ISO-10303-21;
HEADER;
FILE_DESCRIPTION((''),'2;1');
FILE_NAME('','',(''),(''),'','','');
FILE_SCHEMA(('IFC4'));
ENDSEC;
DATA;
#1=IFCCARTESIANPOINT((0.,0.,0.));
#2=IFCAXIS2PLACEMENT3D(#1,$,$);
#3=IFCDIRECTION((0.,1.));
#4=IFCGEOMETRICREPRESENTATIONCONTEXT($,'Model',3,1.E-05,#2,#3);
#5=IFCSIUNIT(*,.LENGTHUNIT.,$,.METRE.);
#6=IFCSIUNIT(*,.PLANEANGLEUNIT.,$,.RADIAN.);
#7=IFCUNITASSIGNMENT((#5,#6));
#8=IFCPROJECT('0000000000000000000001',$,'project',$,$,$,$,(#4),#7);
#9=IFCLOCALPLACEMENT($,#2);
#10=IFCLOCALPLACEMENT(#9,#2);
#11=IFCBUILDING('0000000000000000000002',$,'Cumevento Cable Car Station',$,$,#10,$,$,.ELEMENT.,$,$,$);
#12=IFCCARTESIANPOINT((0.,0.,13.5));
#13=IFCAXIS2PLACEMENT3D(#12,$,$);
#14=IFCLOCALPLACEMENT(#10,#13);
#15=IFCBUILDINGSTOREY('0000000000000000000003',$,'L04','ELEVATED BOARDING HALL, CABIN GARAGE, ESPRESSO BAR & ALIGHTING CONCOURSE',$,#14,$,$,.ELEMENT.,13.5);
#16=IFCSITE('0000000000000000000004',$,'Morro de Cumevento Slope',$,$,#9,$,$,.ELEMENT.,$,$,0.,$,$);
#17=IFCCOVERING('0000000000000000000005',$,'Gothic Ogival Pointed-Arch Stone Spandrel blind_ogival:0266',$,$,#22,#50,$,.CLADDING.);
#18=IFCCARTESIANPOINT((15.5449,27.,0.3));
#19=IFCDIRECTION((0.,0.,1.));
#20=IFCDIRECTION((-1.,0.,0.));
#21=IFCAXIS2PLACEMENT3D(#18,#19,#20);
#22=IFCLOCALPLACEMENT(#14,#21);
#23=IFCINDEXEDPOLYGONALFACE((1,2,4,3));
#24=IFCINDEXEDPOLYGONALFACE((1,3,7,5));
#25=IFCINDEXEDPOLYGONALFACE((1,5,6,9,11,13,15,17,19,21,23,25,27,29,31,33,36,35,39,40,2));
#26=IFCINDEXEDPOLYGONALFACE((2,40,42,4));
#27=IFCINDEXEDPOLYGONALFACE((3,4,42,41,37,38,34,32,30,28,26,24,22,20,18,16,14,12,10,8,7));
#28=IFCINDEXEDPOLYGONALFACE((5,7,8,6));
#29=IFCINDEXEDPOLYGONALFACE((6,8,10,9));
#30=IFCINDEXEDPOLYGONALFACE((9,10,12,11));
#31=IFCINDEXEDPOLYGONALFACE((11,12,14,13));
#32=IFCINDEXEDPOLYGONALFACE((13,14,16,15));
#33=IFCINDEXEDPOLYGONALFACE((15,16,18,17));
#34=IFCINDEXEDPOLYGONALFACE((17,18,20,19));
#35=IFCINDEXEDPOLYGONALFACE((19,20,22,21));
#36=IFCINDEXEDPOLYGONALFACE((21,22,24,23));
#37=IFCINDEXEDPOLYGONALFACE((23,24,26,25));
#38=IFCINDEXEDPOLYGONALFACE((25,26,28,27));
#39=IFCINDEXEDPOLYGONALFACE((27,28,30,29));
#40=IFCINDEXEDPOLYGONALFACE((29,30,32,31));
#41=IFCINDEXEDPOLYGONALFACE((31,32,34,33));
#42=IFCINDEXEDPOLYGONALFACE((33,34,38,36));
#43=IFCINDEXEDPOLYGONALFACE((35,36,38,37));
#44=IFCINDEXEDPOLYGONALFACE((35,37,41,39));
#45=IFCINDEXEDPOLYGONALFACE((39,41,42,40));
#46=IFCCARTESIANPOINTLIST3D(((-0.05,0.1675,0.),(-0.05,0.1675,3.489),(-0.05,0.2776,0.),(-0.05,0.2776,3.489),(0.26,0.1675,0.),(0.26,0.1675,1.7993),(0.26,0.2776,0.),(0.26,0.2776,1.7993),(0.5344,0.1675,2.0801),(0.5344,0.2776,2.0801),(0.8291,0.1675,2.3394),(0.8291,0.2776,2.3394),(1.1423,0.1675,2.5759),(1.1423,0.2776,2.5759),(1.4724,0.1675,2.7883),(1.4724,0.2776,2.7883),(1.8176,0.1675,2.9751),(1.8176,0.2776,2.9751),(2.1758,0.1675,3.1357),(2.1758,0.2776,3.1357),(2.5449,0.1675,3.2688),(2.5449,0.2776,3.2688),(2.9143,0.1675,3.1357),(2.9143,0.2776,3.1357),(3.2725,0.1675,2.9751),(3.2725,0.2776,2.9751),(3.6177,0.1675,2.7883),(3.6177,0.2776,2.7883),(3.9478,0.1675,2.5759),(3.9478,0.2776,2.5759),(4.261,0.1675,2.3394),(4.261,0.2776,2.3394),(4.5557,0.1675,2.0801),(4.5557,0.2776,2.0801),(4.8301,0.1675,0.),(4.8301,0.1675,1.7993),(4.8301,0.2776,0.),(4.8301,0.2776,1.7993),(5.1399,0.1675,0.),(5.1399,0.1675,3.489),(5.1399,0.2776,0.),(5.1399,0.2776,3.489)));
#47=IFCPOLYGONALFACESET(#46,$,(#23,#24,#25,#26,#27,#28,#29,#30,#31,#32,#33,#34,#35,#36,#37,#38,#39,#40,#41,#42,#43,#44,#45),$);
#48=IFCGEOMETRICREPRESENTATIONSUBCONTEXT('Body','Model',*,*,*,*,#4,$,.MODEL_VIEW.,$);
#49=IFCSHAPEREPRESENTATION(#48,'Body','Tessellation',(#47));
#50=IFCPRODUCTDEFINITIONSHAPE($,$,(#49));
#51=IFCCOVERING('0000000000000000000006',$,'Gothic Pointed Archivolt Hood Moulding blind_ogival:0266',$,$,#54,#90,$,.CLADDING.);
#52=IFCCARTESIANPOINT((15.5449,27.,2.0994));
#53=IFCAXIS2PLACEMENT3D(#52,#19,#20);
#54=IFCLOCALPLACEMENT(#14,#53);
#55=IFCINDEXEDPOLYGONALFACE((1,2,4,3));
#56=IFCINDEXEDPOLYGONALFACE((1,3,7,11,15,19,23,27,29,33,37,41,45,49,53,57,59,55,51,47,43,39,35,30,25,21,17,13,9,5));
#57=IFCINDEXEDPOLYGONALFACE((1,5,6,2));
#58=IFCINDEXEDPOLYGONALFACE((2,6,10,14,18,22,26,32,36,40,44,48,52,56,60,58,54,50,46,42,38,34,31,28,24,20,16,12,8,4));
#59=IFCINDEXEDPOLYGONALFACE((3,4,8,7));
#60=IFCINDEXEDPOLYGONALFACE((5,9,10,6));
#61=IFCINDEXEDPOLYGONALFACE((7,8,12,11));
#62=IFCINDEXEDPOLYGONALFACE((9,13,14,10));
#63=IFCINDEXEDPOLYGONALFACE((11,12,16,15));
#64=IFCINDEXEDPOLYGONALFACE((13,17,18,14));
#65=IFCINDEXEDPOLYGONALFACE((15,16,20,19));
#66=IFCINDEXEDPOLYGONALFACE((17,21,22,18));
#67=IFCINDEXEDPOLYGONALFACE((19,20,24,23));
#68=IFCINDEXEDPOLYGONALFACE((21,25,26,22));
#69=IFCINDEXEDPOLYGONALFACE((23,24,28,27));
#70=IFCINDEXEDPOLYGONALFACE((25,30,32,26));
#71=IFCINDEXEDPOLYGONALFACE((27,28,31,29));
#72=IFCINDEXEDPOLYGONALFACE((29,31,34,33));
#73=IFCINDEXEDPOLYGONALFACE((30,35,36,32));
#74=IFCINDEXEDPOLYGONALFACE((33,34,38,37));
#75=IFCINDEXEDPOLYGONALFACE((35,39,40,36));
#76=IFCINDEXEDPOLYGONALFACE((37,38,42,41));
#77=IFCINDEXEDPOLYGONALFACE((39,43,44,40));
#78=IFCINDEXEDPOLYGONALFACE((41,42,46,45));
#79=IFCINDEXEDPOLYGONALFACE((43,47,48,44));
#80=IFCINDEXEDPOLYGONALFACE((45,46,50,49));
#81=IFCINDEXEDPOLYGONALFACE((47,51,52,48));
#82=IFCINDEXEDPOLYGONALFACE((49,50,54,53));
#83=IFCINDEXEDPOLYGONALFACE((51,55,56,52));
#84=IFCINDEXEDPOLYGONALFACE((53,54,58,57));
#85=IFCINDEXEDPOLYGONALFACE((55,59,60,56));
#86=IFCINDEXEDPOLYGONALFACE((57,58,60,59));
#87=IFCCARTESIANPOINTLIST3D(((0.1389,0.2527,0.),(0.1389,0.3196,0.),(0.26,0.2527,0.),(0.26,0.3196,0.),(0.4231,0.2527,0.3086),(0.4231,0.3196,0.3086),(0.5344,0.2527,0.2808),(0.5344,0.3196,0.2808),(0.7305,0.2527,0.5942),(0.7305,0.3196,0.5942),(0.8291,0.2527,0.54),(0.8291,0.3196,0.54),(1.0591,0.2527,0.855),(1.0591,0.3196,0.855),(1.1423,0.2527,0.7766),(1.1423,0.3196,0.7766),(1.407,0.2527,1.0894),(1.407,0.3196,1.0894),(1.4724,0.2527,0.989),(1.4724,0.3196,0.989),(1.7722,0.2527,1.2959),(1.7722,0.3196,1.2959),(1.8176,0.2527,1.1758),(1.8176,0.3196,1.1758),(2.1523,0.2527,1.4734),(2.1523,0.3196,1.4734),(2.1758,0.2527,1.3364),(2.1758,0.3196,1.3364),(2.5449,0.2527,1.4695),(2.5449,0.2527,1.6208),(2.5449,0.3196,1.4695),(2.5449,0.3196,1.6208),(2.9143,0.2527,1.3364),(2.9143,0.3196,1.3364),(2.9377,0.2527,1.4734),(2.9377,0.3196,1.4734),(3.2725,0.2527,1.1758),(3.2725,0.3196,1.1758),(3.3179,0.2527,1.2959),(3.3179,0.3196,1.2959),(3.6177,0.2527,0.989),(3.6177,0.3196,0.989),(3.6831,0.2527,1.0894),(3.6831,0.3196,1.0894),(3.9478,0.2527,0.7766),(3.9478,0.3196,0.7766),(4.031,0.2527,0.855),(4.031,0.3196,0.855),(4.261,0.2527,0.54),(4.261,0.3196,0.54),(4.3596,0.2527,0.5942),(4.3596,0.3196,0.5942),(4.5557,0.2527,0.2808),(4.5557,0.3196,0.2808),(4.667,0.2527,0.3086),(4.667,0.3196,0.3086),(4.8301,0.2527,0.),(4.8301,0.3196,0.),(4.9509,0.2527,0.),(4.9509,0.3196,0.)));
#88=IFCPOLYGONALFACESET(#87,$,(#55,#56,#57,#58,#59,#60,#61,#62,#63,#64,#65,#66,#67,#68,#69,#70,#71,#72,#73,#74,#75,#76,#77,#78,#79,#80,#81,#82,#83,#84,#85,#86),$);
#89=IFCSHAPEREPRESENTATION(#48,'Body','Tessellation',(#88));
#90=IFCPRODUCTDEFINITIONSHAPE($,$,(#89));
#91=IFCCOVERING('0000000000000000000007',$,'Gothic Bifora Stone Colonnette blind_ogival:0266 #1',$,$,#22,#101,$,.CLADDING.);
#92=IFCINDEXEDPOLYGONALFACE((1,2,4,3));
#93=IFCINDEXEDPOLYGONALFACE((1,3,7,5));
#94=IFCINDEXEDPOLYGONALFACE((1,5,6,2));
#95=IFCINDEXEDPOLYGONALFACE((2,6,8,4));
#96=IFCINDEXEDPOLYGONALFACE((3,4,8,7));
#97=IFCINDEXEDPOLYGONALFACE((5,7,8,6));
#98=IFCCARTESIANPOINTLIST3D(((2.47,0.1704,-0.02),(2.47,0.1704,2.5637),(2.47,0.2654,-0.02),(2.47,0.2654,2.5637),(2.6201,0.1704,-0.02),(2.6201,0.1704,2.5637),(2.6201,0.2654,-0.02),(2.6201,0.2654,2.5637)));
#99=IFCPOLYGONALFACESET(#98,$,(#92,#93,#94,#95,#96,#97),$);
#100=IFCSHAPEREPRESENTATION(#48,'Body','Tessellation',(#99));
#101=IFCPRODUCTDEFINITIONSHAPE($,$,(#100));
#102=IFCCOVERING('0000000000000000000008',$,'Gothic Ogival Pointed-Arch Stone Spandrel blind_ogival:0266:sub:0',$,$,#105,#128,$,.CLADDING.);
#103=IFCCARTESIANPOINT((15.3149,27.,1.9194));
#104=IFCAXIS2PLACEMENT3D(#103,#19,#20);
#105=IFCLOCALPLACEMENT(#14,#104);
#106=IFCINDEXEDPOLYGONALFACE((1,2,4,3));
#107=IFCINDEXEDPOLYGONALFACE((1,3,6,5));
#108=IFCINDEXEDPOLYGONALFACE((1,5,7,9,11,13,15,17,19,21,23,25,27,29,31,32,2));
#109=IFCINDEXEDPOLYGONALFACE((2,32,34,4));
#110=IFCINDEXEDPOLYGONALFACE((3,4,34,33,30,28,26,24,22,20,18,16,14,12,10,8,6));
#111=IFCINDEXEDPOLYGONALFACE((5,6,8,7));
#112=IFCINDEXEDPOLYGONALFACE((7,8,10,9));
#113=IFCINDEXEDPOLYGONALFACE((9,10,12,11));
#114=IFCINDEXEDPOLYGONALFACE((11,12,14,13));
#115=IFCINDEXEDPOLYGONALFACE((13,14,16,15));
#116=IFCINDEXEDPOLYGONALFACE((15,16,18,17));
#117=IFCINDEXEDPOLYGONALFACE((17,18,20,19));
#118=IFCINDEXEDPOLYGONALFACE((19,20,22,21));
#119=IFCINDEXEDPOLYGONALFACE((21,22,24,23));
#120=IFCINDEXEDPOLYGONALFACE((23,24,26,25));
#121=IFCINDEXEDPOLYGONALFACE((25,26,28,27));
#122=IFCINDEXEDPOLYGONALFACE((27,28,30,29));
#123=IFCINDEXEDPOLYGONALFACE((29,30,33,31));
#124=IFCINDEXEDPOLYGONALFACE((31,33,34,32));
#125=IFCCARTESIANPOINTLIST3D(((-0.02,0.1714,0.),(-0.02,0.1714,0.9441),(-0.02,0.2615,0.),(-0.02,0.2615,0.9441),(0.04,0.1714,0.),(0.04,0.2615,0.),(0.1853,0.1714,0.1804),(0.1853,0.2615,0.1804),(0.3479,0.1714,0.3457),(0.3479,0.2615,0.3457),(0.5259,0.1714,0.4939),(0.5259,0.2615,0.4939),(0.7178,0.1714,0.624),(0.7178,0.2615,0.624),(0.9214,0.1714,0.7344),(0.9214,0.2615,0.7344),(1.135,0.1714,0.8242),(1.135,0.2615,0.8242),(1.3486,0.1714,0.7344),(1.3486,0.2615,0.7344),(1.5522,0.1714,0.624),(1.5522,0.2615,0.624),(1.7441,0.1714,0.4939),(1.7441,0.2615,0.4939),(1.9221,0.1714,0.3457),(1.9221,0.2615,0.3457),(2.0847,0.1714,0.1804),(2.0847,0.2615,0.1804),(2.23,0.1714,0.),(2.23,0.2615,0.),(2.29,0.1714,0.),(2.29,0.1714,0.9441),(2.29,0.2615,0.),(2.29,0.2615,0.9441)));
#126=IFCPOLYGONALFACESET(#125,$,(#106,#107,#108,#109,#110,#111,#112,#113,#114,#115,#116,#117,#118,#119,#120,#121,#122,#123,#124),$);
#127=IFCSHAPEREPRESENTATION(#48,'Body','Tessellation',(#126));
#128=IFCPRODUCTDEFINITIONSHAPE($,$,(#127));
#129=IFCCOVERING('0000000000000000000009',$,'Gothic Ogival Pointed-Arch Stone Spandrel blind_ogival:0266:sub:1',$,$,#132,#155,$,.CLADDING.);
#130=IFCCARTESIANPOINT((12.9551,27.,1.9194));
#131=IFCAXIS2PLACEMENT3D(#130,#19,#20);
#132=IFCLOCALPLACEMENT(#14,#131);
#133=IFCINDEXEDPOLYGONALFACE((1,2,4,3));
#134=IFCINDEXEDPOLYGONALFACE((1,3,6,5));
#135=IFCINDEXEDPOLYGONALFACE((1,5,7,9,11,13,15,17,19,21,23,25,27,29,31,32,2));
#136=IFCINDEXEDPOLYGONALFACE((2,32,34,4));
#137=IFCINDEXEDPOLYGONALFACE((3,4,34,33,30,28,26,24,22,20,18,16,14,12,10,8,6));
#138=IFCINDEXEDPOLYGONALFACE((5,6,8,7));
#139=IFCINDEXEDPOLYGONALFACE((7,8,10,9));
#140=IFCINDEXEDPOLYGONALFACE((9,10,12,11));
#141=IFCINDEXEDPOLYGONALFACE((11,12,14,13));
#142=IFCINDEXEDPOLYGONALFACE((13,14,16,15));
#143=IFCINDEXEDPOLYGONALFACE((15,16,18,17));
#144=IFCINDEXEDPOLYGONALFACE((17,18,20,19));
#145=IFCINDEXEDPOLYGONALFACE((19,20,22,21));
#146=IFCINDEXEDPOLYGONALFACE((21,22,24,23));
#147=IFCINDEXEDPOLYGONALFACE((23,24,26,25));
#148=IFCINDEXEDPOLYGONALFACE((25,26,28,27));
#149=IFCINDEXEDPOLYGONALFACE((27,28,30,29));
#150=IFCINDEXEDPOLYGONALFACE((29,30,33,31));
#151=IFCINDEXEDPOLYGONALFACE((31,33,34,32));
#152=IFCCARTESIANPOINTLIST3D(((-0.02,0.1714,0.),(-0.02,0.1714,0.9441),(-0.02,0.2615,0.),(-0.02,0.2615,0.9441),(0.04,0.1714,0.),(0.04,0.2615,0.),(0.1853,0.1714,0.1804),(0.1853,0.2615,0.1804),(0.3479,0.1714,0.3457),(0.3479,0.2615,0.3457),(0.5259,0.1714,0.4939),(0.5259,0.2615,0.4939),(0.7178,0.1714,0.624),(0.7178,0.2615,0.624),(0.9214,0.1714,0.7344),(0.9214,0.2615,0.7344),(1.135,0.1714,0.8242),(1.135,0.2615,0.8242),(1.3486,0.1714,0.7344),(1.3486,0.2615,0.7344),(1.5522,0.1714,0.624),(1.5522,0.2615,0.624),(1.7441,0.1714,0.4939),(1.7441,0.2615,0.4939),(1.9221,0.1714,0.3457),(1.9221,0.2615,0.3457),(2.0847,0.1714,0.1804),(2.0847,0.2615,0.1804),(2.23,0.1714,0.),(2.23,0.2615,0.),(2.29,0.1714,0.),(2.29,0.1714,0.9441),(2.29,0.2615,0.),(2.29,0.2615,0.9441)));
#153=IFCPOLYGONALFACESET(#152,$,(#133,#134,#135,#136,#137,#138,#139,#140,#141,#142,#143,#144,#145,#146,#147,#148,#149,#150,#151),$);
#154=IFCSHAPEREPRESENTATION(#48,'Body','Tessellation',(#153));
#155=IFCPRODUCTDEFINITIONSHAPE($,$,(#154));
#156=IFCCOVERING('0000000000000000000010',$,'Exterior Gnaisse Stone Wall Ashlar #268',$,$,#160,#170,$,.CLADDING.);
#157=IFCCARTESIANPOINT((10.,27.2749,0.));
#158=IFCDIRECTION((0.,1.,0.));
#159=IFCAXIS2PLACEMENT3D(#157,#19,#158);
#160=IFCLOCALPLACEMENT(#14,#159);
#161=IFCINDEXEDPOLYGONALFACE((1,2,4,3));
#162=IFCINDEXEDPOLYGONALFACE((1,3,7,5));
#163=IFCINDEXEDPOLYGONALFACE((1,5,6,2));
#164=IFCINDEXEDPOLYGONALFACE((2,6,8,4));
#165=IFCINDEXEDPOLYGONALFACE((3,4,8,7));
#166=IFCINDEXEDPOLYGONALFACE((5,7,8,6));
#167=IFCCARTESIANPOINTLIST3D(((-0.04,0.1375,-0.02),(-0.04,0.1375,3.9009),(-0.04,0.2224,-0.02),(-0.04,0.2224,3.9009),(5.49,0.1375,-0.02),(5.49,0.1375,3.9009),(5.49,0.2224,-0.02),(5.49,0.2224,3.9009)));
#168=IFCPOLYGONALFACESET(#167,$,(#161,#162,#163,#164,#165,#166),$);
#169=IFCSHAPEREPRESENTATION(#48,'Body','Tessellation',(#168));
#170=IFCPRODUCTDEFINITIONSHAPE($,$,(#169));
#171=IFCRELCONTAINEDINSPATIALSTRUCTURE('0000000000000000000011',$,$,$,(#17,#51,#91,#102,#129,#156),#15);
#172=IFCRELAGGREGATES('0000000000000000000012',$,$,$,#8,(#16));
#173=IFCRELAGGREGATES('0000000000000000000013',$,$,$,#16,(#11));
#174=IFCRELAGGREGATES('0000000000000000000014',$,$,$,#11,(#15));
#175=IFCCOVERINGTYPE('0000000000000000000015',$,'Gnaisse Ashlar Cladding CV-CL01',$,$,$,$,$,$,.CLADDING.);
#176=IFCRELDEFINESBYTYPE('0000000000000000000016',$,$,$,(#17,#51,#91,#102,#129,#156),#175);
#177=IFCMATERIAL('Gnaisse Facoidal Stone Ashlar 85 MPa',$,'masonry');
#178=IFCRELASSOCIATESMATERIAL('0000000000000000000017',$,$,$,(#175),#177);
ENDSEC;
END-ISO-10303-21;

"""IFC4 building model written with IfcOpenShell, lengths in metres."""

from ifc_helpers import new_model, si_unit, direction, frame, origin, place, context, subcontext, project, spatial, polyline, outline, extrude, material, type_object, element, save


model = new_model("IFC4")

# Units and contexts
model_context = context("Model", 3, precision=1e-05, world=origin(), true_north=direction((0.0, 1.0)))
body_context = subcontext(model_context, "Body", "Model", "MODEL_VIEW")
ifc_project = project(units=[si_unit("LENGTHUNIT", "METRE"), si_unit("PLANEANGLEUNIT", "RADIAN")], contexts=[model_context])

# Site, building, storey
site_placement = place(None, origin())
site = spatial("IfcSite", under=ifc_project, at=site_placement, Name="Morro de Cumevento Slope", CompositionType="ELEMENT", RefElevation=0.0)
building_placement = place(site_placement, origin())
building = spatial("IfcBuilding", under=site, at=building_placement, Name="Cumevento Cable Car Station", CompositionType="ELEMENT")
storey_placement = place(building_placement, frame((0.0, 0.0, 13.5)))
storey = spatial("IfcBuildingStorey", under=building, at=storey_placement, Name="L04", Description="ELEVATED BOARDING HALL, CABIN GARAGE, ESPRESSO BAR & ALIGHTING CONCOURSE", CompositionType="ELEMENT", Elevation=13.5)

# Coverings
ifc_material_1 = material(Name="Gnaisse Facoidal Stone Ashlar 85 MPa", Category="masonry")
covering_type = type_object("IfcCoveringType", Name="Gnaisse Ashlar Cladding CV-CL01", PredefinedType="CLADDING", material=ifc_material_1)
placement_1 = place(storey_placement, frame((15.5449, 27.0, 0.3), z_axis=(0.0, 0.0, 1.0), x_axis=(-1.0, 0.0, 0.0)))
element("IfcCovering", 1, at=placement_1, inside=storey, type_object=covering_type, Name="Gothic Ogival Pointed-Arch Stone Spandrel blind_ogival:0266", PredefinedType="CLADDING", context=body_context, shape_type="SweptSolid", body=[
    extrude(outline(polyline([(-0.05, 0.0), (-0.05, 3.489), (5.1399, 3.489), (5.1399, 0.0), (4.8301, 0.0), (4.8301, 1.7993), (4.5557, 2.0801), (4.261, 2.3394), (3.9478, 2.5759), (3.6177, 2.7883), (3.2725, 2.9751), (2.9143, 3.1357), (2.5449, 3.2688), (2.1758, 3.1357), (1.8176, 2.9751), (1.4724, 2.7883), (1.1423, 2.5759), (0.8291, 2.3394), (0.5344, 2.0801), (0.26, 1.7993), (0.26, 0.0), (-0.05, 0.0)])), frame((0.0, 0.2776, 0.0), z_axis=(0.0, -1.0, 0.0), x_axis=(1.0, 0.0, 0.0)), (0.0, 0.0, 1.0), 0.1101),
])
covering_1_placement = place(storey_placement, frame((15.5449, 27.0, 2.0994), z_axis=(0.0, 0.0, 1.0), x_axis=(-1.0, 0.0, 0.0)))
element("IfcCovering", 2, at=covering_1_placement, inside=storey, type_object=covering_type, Name="Gothic Pointed Archivolt Hood Moulding blind_ogival:0266", PredefinedType="CLADDING", context=body_context, shape_type="SweptSolid", body=[
    extrude(outline(polyline([(0.26, 0.0), (0.5344, 0.2808), (0.8291, 0.54), (1.1423, 0.7766), (1.4724, 0.989), (1.8176, 1.1758), (2.1758, 1.3364), (2.5449, 1.4695), (2.9143, 1.3364), (3.2725, 1.1758), (3.6177, 0.989), (3.9478, 0.7766), (4.261, 0.54), (4.5557, 0.2808), (4.8301, 0.0), (4.9509, 0.0), (4.667, 0.3086), (4.3596, 0.5942), (4.031, 0.855), (3.6831, 1.0894), (3.3179, 1.2959), (2.9377, 1.4734), (2.5449, 1.6208), (2.1523, 1.4734), (1.7722, 1.2959), (1.407, 1.0894), (1.0591, 0.855), (0.7305, 0.5942), (0.4231, 0.3086), (0.1389, 0.0), (0.26, 0.0)])), frame((0.0, 0.3196, 0.0), z_axis=(0.0, -1.0, 0.0), x_axis=(1.0, 0.0, 0.0)), (0.0, 0.0, 1.0), 0.0669),
])
element("IfcCovering", 3, at=placement_1, inside=storey, type_object=covering_type, Name="Gothic Bifora Stone Colonnette blind_ogival:0266 #1", PredefinedType="CLADDING", context=body_context, shape_type="SweptSolid", body=[
    extrude(outline(polyline([(2.47, -0.02), (2.6201, -0.02), (2.6201, 2.5637), (2.47, 2.5637), (2.47, -0.02)])), frame((0.0, 0.2654, 0.0), z_axis=(0.0, -1.0, 0.0), x_axis=(1.0, 0.0, 0.0)), (0.0, 0.0, 1.0), 0.095),
])
for number, where, z_axis, x_axis, name in (
    (4, (15.3149, 27.0, 1.9194), (0.0, 0.0, 1.0), (-1.0, 0.0, 0.0), "Gothic Ogival Pointed-Arch Stone Spandrel blind_ogival:0266:sub:0"),
    (5, (12.9551, 27.0, 1.9194), (0.0, 0.0, 1.0), (-1.0, 0.0, 0.0), "Gothic Ogival Pointed-Arch Stone Spandrel blind_ogival:0266:sub:1"),
):
    element("IfcCovering", number, at=place(storey_placement, frame(where, z_axis=z_axis, x_axis=x_axis)), inside=storey, type_object=covering_type, Name=name, PredefinedType="CLADDING", context=body_context, shape_type="SweptSolid", body=[
        extrude(outline(polyline([(-0.02, 0.0), (-0.02, 0.9441), (2.29, 0.9441), (2.29, 0.0), (2.23, 0.0), (2.0847, 0.1804), (1.9221, 0.3457), (1.7441, 0.4939), (1.5522, 0.624), (1.3486, 0.7344), (1.135, 0.8242), (0.9214, 0.7344), (0.7178, 0.624), (0.5259, 0.4939), (0.3479, 0.3457), (0.1853, 0.1804), (0.04, 0.0), (-0.02, 0.0)])), frame((0.0, 0.2615, 0.0), z_axis=(0.0, -1.0, 0.0), x_axis=(1.0, 0.0, 0.0)), (0.0, 0.0, 1.0), 0.0901),
    ])
covering_2_placement = place(storey_placement, frame((10.0, 27.2749, 0.0), z_axis=(0.0, 0.0, 1.0), x_axis=(0.0, 1.0, 0.0)))
element("IfcCovering", 6, at=covering_2_placement, inside=storey, type_object=covering_type, Name="Exterior Gnaisse Stone Wall Ashlar #268", PredefinedType="CLADDING", context=body_context, shape_type="SweptSolid", body=[
    extrude(outline(polyline([(-0.04, -0.02), (5.49, -0.02), (5.49, 3.9009), (-0.04, 3.9009), (-0.04, -0.02)])), frame((0.0, 0.2224, 0.0), z_axis=(0.0, -1.0, 0.0), x_axis=(1.0, 0.0, 0.0)), (0.0, 0.0, 1.0), 0.085),
])

save(model, "model.ifc")
